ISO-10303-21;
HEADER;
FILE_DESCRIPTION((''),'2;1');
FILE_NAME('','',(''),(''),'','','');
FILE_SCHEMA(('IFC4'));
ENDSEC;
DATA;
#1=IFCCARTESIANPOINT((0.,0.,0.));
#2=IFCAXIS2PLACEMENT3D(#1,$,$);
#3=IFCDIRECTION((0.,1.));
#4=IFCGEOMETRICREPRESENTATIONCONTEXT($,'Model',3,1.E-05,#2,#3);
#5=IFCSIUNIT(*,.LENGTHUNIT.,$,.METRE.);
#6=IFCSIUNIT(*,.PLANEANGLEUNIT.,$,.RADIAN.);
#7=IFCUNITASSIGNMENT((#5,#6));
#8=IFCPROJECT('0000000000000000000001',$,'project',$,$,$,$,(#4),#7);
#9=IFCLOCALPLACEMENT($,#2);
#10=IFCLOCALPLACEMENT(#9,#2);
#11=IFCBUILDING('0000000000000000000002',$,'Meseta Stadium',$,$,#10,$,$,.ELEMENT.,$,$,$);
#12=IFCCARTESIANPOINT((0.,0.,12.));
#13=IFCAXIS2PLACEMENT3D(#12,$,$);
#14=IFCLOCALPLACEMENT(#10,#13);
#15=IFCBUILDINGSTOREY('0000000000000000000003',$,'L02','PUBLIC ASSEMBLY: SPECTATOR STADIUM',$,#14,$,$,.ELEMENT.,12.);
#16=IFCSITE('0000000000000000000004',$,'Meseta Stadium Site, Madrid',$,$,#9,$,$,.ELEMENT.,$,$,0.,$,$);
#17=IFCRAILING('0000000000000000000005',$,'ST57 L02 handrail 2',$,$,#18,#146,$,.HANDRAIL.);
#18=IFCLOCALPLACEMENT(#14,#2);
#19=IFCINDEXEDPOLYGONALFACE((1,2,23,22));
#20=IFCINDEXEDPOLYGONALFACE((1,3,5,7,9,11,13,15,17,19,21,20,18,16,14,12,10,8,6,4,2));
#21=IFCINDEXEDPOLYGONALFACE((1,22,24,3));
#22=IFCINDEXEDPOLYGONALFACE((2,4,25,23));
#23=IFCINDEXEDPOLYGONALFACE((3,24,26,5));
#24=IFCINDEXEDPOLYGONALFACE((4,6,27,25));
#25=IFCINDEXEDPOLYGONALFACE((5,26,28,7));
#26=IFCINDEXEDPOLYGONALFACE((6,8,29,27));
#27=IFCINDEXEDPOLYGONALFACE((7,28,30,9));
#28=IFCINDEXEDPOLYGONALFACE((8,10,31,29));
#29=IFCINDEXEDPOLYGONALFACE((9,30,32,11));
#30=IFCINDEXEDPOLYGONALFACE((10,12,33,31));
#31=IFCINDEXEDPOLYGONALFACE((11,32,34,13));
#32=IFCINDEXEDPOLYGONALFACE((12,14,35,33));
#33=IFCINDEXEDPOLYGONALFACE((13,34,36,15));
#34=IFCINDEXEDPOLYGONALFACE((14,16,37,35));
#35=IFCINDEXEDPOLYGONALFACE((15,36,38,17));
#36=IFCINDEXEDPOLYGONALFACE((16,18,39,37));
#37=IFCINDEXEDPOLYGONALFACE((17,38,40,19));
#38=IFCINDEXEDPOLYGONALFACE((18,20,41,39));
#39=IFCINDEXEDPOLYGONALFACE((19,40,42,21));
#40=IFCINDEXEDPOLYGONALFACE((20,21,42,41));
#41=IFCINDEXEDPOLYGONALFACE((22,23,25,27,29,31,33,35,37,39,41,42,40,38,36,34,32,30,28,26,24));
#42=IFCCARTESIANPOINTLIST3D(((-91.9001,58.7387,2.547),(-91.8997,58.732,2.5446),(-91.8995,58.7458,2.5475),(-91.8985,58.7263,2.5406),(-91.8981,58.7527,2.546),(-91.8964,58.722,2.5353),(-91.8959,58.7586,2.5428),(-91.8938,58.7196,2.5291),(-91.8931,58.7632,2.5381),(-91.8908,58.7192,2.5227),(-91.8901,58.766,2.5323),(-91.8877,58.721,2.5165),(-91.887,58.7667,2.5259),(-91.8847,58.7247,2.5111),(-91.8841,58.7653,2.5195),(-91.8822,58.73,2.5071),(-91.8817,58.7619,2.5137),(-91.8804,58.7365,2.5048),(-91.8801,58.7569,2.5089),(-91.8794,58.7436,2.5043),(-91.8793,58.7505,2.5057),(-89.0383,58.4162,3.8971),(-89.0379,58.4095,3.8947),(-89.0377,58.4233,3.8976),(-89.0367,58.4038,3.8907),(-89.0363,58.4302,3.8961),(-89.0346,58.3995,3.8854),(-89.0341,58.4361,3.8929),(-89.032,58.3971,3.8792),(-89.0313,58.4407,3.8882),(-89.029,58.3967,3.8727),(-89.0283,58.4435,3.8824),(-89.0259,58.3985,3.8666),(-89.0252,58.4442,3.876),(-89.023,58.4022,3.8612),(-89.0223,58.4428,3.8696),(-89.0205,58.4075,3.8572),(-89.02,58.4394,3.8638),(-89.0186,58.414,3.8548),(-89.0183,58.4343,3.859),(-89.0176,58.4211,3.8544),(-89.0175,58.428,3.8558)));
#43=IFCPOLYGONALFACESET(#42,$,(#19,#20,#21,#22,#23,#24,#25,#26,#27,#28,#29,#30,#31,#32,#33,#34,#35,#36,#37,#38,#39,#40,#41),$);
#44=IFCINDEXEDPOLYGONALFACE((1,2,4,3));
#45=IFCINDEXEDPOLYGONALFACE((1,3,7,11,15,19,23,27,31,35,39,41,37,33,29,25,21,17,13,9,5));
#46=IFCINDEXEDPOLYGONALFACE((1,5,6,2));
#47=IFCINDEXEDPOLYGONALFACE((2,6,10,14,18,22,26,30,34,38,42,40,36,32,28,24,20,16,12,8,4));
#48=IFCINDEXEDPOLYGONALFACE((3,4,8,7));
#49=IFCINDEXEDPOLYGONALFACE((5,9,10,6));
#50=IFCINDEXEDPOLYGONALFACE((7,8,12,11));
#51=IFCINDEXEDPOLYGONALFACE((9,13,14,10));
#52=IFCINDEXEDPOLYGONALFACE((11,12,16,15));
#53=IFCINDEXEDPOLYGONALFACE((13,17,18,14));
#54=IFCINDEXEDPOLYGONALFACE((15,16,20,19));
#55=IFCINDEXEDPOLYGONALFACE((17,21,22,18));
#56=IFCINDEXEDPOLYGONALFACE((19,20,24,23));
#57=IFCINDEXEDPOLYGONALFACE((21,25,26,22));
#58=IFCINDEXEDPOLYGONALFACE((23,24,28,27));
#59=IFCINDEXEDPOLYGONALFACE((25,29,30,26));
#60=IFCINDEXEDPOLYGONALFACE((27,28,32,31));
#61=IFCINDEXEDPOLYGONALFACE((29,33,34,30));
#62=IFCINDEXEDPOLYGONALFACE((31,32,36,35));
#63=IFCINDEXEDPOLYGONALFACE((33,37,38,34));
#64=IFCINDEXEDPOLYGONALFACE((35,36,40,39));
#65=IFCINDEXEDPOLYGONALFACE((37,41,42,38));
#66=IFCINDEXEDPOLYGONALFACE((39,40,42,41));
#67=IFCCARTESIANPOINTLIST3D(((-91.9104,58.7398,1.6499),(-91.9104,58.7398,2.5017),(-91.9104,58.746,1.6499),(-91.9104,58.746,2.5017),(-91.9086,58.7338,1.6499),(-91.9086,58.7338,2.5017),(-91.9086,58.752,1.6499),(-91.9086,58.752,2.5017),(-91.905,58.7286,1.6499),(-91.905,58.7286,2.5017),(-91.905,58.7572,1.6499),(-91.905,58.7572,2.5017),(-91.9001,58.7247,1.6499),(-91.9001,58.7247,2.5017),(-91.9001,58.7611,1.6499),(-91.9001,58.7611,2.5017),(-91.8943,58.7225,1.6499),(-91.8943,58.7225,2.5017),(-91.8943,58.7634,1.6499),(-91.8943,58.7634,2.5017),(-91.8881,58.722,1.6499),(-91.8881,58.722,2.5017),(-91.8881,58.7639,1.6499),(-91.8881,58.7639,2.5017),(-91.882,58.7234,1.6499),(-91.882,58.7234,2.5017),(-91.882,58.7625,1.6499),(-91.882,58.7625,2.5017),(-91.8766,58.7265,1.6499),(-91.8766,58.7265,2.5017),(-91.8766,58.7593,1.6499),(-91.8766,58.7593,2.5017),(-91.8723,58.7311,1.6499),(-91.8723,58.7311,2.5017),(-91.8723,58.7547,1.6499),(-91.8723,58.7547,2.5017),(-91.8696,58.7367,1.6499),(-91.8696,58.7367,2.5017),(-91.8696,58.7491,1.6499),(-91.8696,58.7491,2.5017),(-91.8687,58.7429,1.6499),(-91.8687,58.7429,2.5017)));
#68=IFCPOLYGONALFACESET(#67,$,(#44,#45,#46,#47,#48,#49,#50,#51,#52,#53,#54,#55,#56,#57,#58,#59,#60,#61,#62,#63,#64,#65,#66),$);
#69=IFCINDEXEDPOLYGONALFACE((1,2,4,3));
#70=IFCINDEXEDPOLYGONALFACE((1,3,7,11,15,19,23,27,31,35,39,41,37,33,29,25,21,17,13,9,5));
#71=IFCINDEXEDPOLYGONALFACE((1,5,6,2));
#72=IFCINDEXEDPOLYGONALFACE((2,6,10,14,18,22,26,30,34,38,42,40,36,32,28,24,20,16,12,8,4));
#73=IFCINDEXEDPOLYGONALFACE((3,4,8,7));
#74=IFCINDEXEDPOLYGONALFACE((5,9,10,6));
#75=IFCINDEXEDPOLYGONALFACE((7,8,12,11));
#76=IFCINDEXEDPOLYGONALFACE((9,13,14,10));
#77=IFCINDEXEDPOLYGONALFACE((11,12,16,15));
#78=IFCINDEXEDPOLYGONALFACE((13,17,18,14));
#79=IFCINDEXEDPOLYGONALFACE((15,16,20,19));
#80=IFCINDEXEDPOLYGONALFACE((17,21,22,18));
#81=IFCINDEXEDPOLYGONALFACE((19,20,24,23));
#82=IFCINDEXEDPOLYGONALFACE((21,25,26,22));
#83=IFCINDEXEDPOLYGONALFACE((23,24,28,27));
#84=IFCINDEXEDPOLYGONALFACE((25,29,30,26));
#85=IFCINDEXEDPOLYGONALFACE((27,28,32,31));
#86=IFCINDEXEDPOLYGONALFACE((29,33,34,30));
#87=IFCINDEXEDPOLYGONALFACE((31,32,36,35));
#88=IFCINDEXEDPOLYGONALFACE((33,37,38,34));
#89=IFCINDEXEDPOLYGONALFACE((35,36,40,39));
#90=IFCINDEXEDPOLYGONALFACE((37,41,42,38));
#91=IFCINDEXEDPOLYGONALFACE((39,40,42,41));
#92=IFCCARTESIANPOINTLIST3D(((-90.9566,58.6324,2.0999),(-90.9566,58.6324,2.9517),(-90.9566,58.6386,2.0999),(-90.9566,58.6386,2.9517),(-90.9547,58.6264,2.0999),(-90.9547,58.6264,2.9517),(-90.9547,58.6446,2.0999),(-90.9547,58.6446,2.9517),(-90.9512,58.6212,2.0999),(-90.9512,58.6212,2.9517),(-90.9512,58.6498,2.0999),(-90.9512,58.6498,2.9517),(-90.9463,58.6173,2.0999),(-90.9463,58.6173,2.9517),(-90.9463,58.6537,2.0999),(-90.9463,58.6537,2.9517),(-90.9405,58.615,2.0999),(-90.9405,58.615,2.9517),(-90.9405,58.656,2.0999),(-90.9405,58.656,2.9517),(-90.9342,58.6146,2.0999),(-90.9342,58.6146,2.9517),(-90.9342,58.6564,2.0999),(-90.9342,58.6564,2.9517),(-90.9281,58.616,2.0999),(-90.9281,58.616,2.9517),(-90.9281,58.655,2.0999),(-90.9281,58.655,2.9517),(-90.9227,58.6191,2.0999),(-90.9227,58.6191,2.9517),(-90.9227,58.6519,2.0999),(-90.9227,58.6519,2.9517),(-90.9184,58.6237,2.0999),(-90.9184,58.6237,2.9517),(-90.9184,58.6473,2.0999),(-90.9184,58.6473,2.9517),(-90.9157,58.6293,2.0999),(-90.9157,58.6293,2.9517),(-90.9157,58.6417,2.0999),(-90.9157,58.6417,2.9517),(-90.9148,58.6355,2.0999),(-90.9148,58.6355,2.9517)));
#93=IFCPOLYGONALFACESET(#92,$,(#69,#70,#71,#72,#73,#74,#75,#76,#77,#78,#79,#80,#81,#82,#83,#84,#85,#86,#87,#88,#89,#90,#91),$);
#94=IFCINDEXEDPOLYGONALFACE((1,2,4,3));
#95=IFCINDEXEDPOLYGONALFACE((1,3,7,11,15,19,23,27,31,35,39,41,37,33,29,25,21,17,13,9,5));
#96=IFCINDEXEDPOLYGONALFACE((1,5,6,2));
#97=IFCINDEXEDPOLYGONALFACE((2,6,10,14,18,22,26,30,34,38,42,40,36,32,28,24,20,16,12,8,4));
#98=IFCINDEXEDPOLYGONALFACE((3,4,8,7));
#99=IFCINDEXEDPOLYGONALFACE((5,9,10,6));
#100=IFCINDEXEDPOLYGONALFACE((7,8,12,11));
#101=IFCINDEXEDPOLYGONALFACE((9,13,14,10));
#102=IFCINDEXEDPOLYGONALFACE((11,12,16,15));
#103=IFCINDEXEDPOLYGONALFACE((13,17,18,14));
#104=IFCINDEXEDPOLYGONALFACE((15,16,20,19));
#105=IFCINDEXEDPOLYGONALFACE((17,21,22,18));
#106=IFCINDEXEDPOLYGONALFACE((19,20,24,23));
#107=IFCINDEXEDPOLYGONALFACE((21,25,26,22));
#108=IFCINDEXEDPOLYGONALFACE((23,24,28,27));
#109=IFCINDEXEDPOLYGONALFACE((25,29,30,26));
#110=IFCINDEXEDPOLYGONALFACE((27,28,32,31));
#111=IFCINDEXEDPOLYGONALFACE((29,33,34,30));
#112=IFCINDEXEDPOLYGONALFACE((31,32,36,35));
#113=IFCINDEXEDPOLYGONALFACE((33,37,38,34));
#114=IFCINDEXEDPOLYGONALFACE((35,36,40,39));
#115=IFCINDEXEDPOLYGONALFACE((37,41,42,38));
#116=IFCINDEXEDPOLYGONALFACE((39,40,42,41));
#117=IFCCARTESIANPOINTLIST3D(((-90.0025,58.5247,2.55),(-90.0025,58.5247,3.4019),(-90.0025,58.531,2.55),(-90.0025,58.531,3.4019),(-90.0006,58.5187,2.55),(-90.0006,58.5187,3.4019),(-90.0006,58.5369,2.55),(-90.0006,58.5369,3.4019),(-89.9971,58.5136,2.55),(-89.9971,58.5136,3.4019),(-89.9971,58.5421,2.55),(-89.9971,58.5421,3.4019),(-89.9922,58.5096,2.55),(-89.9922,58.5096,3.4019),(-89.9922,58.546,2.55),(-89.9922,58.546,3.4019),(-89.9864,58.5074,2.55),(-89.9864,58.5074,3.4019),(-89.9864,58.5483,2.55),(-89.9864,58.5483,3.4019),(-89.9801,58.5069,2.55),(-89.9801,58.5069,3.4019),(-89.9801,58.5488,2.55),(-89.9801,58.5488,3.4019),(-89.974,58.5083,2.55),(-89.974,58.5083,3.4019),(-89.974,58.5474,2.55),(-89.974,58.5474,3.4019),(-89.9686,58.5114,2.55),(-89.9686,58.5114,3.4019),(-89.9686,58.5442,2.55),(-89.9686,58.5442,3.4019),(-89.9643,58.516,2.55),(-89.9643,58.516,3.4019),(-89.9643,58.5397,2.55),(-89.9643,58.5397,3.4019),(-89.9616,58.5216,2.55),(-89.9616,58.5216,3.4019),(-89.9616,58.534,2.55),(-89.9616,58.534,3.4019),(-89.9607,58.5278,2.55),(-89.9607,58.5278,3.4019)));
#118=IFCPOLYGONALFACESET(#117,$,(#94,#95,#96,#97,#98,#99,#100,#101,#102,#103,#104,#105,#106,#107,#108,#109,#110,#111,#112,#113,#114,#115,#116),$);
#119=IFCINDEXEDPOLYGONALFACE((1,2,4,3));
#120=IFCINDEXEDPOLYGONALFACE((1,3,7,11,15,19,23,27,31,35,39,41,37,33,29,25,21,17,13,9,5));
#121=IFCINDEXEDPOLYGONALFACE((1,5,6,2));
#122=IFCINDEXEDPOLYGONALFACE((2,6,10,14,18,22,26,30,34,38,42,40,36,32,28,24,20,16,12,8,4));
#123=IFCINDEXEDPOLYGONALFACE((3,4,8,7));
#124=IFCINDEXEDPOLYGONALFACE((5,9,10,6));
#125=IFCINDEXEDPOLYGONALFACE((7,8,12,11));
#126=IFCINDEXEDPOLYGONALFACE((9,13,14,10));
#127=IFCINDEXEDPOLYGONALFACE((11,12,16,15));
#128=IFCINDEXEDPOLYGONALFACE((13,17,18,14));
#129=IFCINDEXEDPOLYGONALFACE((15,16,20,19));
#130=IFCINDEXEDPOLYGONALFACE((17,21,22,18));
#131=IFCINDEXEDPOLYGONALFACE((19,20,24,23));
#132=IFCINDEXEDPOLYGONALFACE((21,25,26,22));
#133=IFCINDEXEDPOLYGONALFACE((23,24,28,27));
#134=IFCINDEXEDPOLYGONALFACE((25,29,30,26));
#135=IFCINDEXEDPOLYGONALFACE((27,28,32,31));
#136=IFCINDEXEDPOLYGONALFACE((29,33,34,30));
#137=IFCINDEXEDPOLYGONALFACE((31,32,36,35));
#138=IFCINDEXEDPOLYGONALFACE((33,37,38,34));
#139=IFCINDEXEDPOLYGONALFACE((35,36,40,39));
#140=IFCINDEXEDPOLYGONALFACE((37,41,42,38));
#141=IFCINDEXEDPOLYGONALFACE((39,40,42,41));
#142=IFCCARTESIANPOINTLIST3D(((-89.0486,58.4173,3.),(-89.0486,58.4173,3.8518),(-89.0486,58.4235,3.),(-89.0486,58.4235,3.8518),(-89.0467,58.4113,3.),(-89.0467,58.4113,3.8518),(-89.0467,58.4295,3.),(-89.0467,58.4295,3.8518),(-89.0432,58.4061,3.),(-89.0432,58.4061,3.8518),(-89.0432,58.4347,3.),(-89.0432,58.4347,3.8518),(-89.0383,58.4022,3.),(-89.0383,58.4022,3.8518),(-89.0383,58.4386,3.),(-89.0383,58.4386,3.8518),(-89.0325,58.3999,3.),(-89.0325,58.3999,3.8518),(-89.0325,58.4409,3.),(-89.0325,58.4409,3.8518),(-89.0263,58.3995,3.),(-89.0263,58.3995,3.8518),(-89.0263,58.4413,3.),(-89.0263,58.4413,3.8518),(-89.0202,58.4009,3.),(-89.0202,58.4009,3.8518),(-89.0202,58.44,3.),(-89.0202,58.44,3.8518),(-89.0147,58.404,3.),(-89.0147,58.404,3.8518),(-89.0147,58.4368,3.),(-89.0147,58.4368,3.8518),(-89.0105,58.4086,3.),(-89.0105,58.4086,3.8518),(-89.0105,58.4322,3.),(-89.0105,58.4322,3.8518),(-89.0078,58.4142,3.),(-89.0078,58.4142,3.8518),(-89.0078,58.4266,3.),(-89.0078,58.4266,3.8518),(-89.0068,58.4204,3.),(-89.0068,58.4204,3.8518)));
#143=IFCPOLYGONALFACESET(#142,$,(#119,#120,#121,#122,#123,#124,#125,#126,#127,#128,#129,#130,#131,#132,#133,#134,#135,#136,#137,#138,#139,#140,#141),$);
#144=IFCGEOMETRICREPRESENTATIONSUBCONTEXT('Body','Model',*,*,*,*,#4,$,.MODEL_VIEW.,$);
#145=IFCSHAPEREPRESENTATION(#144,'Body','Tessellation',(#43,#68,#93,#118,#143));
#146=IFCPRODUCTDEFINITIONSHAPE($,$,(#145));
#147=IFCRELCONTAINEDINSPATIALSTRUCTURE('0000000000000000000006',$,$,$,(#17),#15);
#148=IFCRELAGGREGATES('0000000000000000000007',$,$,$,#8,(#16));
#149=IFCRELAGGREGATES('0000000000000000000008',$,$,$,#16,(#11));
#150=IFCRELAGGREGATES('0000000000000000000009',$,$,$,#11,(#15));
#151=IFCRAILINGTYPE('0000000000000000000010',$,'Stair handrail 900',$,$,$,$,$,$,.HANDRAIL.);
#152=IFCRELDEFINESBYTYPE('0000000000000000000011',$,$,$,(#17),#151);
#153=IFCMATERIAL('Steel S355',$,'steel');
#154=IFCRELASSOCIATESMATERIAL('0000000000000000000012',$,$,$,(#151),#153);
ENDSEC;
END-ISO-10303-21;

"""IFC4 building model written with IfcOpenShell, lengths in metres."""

from ifc_helpers import new_model, si_unit, direction, frame, origin, origin_2d, place, context, subcontext, project, spatial, circle, extrude, material, type_object, element, save


model = new_model("IFC4")

# Units and contexts
model_context = context("Model", 3, precision=1e-05, world=origin(), true_north=direction((0.0, 1.0)))
body_context = subcontext(model_context, "Body", "Model", "MODEL_VIEW")
ifc_project = project(units=[si_unit("LENGTHUNIT", "METRE"), si_unit("PLANEANGLEUNIT", "RADIAN")], contexts=[model_context])

# Site, building, storey
site_placement = place(None, origin())
site = spatial("IfcSite", under=ifc_project, at=site_placement, Name="Meseta Stadium Site, Madrid", CompositionType="ELEMENT", RefElevation=0.0)
building_placement = place(site_placement, origin())
building = spatial("IfcBuilding", under=site, at=building_placement, Name="Meseta Stadium", CompositionType="ELEMENT")
storey_placement = place(building_placement, frame((0.0, 0.0, 12.0)))
storey = spatial("IfcBuildingStorey", under=building, at=storey_placement, Name="L02", Description="PUBLIC ASSEMBLY: SPECTATOR STADIUM", CompositionType="ELEMENT", Elevation=12.0)

# Railing
ifc_material_1 = material(Name="Steel S355", Category="steel")
railing_type_1 = type_object("IfcRailingType", Name="Stair handrail 900", PredefinedType="HANDRAIL", material=ifc_material_1)
for number, where, name in (
    (1, (-91.8896, 58.7429, 1.6499), "ST57 L02 handrail 2"),
):
    element("IfcRailing", number, at=place(storey_placement, frame(where)), inside=storey, type_object=railing_type_1, Name=name, PredefinedType="HANDRAIL", context=body_context, shape_type="SweptSolid", body=[
        extrude(circle(Radius=0.0239, at=origin_2d()), frame((0.0, 0.0, 0.876), z_axis=(0.899748, -0.101396, 0.424467), x_axis=(0.111985, 0.99371, 0.0)), (0.0, 0.0, 1.0), 3.1807),
        extrude(circle(Radius=0.021, at=origin_2d()), origin(), (0.0, 0.0, 1.0), 0.8518),
        extrude(circle(Radius=0.021, at=origin_2d()), frame((0.9539, -0.1074, 0.45)), (0.0, 0.0, 1.0), 0.8518),
        extrude(circle(Radius=0.021, at=origin_2d()), frame((1.908, -0.2151, 0.9001)), (0.0, 0.0, 1.0), 0.8518),
        extrude(circle(Radius=0.021, at=origin_2d()), frame((2.8618, -0.3225, 1.3501)), (0.0, 0.0, 1.0), 0.8518),
    ])

save(model, "model.ifc")
